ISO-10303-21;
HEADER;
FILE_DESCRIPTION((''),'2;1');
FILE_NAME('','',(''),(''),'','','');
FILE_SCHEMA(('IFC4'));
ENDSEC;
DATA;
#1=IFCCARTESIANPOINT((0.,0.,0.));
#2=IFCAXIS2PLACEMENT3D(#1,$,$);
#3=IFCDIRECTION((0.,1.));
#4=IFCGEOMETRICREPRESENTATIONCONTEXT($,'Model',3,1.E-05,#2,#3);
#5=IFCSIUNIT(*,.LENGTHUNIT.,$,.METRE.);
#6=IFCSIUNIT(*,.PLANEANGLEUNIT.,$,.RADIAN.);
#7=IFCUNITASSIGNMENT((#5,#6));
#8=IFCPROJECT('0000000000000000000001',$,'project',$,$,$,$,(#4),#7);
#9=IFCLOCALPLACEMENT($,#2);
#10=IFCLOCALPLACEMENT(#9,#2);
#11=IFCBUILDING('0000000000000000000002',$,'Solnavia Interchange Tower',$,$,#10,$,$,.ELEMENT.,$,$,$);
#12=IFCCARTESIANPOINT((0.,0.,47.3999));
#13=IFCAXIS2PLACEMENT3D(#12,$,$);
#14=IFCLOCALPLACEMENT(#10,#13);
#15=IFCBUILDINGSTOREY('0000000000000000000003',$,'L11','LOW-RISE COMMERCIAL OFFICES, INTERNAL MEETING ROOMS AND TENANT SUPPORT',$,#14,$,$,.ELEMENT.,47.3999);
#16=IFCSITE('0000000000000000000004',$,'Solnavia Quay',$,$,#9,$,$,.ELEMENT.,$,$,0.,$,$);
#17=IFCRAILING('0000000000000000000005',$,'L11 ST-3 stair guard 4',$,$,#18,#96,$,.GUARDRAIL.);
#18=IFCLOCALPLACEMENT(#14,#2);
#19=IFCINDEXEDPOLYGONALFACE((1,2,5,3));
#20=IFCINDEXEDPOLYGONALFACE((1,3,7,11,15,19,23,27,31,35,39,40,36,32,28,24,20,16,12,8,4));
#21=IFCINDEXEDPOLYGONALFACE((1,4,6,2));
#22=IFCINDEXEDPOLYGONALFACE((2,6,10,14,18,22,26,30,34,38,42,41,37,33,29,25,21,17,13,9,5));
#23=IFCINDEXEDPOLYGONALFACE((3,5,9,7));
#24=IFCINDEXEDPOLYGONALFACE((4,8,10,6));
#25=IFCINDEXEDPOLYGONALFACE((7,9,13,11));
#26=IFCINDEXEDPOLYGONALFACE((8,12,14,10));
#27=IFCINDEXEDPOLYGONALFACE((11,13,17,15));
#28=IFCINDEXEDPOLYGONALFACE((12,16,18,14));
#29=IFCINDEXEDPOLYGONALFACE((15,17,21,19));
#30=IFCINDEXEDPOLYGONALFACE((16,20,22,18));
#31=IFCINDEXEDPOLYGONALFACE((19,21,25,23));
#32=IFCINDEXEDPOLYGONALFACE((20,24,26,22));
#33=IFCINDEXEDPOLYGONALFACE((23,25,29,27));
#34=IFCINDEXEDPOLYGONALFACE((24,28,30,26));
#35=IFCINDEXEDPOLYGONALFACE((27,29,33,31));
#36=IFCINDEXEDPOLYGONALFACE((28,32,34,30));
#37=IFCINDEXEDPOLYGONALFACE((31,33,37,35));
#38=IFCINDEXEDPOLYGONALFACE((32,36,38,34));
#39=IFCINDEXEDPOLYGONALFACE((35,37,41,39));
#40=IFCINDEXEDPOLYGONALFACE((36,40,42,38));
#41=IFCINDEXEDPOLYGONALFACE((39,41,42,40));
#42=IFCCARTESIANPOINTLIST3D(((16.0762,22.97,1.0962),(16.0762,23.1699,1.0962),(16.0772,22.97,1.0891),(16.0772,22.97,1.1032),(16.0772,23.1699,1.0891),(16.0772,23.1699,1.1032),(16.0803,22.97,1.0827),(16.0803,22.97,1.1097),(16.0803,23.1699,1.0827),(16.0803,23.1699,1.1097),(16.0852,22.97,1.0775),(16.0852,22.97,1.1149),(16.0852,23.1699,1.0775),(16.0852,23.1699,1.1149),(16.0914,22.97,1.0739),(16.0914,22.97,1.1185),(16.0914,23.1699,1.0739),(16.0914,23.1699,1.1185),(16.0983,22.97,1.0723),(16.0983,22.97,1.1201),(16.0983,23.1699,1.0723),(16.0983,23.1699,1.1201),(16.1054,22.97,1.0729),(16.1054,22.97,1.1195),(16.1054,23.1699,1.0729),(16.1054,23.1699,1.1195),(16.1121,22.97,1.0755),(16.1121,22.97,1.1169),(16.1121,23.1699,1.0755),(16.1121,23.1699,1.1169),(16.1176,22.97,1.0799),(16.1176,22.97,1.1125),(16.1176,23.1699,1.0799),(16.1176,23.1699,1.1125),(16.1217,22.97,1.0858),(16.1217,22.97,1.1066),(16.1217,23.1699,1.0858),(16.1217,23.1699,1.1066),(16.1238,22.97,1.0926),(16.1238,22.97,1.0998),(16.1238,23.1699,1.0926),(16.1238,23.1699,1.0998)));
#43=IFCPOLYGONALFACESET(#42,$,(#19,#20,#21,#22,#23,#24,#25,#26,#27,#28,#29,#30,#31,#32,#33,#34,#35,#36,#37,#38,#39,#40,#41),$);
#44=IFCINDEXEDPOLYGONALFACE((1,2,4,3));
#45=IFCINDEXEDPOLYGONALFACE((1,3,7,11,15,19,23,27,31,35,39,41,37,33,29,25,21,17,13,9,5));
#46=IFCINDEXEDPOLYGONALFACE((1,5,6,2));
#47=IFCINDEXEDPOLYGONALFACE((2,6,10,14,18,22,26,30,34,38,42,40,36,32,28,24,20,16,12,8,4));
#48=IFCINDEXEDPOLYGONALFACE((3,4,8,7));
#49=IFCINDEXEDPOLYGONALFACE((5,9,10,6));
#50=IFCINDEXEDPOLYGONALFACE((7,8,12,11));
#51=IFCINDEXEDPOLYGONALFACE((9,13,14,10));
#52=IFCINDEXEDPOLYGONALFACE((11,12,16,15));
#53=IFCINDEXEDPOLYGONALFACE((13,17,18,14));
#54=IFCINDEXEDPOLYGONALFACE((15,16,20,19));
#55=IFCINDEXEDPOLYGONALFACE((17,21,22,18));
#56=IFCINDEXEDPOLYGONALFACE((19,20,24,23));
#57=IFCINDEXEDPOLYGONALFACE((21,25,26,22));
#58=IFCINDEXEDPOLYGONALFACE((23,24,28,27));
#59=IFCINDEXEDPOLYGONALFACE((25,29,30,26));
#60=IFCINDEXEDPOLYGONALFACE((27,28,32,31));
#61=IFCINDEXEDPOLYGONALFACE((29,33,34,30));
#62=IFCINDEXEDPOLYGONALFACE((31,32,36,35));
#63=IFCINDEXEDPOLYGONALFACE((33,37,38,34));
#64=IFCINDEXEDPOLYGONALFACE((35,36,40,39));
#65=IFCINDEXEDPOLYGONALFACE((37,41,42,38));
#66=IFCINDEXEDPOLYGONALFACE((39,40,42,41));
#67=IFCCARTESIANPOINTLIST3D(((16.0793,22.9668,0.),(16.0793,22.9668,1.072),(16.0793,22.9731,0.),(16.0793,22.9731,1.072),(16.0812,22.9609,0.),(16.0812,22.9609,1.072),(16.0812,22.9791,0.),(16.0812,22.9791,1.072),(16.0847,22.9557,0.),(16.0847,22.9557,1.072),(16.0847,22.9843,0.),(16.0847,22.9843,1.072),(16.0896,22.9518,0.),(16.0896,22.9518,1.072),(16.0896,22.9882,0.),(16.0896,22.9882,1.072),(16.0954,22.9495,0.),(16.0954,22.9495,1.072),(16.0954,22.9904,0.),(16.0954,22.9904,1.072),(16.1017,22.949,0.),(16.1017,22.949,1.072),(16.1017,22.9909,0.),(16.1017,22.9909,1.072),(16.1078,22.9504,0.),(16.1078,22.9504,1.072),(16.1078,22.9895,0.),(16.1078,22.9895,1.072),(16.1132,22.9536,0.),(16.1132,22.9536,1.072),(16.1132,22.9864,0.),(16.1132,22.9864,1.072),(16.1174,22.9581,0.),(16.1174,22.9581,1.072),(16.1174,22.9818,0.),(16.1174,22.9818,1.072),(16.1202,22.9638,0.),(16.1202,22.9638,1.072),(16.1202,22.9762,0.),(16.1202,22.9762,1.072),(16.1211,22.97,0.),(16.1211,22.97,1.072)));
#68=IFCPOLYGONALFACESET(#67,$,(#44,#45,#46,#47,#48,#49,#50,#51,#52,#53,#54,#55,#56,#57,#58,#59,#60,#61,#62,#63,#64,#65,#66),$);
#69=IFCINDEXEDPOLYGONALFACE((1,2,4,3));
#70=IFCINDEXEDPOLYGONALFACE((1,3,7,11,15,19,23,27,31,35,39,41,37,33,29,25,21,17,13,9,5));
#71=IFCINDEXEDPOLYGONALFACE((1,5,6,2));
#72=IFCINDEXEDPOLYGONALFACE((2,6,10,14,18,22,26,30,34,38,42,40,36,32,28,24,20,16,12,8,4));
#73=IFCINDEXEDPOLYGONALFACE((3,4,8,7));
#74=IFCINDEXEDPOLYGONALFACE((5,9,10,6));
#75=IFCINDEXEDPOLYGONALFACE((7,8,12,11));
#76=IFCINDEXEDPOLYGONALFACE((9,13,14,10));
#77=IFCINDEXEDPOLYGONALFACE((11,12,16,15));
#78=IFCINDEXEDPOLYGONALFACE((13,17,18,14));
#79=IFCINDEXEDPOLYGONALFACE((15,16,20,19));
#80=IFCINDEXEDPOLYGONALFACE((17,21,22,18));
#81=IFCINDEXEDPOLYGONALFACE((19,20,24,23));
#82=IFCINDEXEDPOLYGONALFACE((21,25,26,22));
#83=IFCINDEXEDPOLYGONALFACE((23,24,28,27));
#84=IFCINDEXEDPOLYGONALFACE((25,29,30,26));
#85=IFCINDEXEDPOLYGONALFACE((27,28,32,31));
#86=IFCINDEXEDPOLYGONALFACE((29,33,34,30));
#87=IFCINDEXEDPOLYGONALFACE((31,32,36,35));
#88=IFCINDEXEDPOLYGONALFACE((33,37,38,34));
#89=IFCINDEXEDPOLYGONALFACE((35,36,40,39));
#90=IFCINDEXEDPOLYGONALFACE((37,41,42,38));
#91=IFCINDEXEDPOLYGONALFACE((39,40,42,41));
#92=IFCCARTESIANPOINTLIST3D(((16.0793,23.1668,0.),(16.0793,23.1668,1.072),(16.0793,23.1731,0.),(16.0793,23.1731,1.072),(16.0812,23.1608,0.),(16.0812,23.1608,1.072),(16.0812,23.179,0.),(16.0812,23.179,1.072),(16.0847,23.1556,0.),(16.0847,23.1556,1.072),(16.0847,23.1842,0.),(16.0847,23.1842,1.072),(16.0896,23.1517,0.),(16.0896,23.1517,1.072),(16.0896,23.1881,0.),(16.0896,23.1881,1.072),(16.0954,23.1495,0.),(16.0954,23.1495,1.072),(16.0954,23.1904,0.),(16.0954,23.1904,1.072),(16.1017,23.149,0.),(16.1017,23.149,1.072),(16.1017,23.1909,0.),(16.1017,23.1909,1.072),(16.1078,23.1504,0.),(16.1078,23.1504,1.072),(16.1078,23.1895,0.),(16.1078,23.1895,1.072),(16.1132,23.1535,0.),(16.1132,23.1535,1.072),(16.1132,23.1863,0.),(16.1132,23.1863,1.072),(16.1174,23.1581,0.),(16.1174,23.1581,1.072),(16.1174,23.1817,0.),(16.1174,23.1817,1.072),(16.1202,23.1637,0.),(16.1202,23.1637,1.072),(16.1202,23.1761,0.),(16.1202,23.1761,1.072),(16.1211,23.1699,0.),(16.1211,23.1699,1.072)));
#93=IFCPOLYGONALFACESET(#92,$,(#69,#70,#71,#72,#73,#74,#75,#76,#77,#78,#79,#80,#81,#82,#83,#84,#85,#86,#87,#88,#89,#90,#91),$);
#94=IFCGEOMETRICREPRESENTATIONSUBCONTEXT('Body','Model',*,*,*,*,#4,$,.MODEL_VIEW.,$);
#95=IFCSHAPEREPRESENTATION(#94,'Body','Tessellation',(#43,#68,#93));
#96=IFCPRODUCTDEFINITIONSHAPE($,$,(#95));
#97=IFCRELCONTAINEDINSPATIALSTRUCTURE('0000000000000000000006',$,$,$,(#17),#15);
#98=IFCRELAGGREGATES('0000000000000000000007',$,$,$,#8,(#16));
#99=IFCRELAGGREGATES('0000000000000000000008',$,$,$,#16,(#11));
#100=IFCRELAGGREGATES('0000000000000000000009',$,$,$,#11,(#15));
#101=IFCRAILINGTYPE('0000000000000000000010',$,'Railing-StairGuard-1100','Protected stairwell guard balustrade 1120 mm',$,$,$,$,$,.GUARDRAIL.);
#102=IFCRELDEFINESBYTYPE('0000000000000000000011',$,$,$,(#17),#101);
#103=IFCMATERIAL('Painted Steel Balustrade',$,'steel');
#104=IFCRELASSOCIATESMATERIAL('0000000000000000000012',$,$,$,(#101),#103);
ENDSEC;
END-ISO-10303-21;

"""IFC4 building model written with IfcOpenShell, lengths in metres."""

from ifc_helpers import new_model, si_unit, direction, frame, origin, origin_2d, place, context, subcontext, project, spatial, circle, extrude, material, type_object, element, save


model = new_model("IFC4")

# Units and contexts
model_context = context("Model", 3, precision=1e-05, world=origin(), true_north=direction((0.0, 1.0)))
body_context = subcontext(model_context, "Body", "Model", "MODEL_VIEW")
ifc_project = project(units=[si_unit("LENGTHUNIT", "METRE"), si_unit("PLANEANGLEUNIT", "RADIAN")], contexts=[model_context])

# Site, building, storey
site_placement = place(None, origin())
site = spatial("IfcSite", under=ifc_project, at=site_placement, Name="Solnavia Quay", CompositionType="ELEMENT", RefElevation=0.0)
building_placement = place(site_placement, origin())
building = spatial("IfcBuilding", under=site, at=building_placement, Name="Solnavia Interchange Tower", CompositionType="ELEMENT")
storey_placement = place(building_placement, frame((0.0, 0.0, 47.3999)))
storey = spatial("IfcBuildingStorey", under=building, at=storey_placement, Name="L11", Description="LOW-RISE COMMERCIAL OFFICES, INTERNAL MEETING ROOMS AND TENANT SUPPORT", CompositionType="ELEMENT", Elevation=47.3999)

# Railing
ifc_material_1 = material(Name="Painted Steel Balustrade", Category="steel")
railing_type_1 = type_object("IfcRailingType", Name="Railing-StairGuard-1100", Description="Protected stairwell guard balustrade 1120 mm", PredefinedType="GUARDRAIL", material=ifc_material_1)
railing_1_placement = place(storey_placement, frame((16.1001, 22.97, 0.0)))
element("IfcRailing", 1, at=railing_1_placement, inside=storey, type_object=railing_type_1, Name="L11 ST-3 stair guard 4", PredefinedType="GUARDRAIL", context=body_context, shape_type="SweptSolid", body=[
    extrude(circle(Radius=0.0239, at=origin_2d()), frame((0.0, 0.0, 1.0962), z_axis=(0.0, 1.0, 0.0), x_axis=(-1.0, 0.0, 0.0)), (0.0, 0.0, 1.0), 0.2),
    extrude(circle(Radius=0.021, at=origin_2d()), origin(), (0.0, 0.0, 1.0), 1.072),
    extrude(circle(Radius=0.021, at=origin_2d()), frame((0.0, 0.2, 0.0)), (0.0, 0.0, 1.0), 1.072),
])

save(model, "model.ifc")
